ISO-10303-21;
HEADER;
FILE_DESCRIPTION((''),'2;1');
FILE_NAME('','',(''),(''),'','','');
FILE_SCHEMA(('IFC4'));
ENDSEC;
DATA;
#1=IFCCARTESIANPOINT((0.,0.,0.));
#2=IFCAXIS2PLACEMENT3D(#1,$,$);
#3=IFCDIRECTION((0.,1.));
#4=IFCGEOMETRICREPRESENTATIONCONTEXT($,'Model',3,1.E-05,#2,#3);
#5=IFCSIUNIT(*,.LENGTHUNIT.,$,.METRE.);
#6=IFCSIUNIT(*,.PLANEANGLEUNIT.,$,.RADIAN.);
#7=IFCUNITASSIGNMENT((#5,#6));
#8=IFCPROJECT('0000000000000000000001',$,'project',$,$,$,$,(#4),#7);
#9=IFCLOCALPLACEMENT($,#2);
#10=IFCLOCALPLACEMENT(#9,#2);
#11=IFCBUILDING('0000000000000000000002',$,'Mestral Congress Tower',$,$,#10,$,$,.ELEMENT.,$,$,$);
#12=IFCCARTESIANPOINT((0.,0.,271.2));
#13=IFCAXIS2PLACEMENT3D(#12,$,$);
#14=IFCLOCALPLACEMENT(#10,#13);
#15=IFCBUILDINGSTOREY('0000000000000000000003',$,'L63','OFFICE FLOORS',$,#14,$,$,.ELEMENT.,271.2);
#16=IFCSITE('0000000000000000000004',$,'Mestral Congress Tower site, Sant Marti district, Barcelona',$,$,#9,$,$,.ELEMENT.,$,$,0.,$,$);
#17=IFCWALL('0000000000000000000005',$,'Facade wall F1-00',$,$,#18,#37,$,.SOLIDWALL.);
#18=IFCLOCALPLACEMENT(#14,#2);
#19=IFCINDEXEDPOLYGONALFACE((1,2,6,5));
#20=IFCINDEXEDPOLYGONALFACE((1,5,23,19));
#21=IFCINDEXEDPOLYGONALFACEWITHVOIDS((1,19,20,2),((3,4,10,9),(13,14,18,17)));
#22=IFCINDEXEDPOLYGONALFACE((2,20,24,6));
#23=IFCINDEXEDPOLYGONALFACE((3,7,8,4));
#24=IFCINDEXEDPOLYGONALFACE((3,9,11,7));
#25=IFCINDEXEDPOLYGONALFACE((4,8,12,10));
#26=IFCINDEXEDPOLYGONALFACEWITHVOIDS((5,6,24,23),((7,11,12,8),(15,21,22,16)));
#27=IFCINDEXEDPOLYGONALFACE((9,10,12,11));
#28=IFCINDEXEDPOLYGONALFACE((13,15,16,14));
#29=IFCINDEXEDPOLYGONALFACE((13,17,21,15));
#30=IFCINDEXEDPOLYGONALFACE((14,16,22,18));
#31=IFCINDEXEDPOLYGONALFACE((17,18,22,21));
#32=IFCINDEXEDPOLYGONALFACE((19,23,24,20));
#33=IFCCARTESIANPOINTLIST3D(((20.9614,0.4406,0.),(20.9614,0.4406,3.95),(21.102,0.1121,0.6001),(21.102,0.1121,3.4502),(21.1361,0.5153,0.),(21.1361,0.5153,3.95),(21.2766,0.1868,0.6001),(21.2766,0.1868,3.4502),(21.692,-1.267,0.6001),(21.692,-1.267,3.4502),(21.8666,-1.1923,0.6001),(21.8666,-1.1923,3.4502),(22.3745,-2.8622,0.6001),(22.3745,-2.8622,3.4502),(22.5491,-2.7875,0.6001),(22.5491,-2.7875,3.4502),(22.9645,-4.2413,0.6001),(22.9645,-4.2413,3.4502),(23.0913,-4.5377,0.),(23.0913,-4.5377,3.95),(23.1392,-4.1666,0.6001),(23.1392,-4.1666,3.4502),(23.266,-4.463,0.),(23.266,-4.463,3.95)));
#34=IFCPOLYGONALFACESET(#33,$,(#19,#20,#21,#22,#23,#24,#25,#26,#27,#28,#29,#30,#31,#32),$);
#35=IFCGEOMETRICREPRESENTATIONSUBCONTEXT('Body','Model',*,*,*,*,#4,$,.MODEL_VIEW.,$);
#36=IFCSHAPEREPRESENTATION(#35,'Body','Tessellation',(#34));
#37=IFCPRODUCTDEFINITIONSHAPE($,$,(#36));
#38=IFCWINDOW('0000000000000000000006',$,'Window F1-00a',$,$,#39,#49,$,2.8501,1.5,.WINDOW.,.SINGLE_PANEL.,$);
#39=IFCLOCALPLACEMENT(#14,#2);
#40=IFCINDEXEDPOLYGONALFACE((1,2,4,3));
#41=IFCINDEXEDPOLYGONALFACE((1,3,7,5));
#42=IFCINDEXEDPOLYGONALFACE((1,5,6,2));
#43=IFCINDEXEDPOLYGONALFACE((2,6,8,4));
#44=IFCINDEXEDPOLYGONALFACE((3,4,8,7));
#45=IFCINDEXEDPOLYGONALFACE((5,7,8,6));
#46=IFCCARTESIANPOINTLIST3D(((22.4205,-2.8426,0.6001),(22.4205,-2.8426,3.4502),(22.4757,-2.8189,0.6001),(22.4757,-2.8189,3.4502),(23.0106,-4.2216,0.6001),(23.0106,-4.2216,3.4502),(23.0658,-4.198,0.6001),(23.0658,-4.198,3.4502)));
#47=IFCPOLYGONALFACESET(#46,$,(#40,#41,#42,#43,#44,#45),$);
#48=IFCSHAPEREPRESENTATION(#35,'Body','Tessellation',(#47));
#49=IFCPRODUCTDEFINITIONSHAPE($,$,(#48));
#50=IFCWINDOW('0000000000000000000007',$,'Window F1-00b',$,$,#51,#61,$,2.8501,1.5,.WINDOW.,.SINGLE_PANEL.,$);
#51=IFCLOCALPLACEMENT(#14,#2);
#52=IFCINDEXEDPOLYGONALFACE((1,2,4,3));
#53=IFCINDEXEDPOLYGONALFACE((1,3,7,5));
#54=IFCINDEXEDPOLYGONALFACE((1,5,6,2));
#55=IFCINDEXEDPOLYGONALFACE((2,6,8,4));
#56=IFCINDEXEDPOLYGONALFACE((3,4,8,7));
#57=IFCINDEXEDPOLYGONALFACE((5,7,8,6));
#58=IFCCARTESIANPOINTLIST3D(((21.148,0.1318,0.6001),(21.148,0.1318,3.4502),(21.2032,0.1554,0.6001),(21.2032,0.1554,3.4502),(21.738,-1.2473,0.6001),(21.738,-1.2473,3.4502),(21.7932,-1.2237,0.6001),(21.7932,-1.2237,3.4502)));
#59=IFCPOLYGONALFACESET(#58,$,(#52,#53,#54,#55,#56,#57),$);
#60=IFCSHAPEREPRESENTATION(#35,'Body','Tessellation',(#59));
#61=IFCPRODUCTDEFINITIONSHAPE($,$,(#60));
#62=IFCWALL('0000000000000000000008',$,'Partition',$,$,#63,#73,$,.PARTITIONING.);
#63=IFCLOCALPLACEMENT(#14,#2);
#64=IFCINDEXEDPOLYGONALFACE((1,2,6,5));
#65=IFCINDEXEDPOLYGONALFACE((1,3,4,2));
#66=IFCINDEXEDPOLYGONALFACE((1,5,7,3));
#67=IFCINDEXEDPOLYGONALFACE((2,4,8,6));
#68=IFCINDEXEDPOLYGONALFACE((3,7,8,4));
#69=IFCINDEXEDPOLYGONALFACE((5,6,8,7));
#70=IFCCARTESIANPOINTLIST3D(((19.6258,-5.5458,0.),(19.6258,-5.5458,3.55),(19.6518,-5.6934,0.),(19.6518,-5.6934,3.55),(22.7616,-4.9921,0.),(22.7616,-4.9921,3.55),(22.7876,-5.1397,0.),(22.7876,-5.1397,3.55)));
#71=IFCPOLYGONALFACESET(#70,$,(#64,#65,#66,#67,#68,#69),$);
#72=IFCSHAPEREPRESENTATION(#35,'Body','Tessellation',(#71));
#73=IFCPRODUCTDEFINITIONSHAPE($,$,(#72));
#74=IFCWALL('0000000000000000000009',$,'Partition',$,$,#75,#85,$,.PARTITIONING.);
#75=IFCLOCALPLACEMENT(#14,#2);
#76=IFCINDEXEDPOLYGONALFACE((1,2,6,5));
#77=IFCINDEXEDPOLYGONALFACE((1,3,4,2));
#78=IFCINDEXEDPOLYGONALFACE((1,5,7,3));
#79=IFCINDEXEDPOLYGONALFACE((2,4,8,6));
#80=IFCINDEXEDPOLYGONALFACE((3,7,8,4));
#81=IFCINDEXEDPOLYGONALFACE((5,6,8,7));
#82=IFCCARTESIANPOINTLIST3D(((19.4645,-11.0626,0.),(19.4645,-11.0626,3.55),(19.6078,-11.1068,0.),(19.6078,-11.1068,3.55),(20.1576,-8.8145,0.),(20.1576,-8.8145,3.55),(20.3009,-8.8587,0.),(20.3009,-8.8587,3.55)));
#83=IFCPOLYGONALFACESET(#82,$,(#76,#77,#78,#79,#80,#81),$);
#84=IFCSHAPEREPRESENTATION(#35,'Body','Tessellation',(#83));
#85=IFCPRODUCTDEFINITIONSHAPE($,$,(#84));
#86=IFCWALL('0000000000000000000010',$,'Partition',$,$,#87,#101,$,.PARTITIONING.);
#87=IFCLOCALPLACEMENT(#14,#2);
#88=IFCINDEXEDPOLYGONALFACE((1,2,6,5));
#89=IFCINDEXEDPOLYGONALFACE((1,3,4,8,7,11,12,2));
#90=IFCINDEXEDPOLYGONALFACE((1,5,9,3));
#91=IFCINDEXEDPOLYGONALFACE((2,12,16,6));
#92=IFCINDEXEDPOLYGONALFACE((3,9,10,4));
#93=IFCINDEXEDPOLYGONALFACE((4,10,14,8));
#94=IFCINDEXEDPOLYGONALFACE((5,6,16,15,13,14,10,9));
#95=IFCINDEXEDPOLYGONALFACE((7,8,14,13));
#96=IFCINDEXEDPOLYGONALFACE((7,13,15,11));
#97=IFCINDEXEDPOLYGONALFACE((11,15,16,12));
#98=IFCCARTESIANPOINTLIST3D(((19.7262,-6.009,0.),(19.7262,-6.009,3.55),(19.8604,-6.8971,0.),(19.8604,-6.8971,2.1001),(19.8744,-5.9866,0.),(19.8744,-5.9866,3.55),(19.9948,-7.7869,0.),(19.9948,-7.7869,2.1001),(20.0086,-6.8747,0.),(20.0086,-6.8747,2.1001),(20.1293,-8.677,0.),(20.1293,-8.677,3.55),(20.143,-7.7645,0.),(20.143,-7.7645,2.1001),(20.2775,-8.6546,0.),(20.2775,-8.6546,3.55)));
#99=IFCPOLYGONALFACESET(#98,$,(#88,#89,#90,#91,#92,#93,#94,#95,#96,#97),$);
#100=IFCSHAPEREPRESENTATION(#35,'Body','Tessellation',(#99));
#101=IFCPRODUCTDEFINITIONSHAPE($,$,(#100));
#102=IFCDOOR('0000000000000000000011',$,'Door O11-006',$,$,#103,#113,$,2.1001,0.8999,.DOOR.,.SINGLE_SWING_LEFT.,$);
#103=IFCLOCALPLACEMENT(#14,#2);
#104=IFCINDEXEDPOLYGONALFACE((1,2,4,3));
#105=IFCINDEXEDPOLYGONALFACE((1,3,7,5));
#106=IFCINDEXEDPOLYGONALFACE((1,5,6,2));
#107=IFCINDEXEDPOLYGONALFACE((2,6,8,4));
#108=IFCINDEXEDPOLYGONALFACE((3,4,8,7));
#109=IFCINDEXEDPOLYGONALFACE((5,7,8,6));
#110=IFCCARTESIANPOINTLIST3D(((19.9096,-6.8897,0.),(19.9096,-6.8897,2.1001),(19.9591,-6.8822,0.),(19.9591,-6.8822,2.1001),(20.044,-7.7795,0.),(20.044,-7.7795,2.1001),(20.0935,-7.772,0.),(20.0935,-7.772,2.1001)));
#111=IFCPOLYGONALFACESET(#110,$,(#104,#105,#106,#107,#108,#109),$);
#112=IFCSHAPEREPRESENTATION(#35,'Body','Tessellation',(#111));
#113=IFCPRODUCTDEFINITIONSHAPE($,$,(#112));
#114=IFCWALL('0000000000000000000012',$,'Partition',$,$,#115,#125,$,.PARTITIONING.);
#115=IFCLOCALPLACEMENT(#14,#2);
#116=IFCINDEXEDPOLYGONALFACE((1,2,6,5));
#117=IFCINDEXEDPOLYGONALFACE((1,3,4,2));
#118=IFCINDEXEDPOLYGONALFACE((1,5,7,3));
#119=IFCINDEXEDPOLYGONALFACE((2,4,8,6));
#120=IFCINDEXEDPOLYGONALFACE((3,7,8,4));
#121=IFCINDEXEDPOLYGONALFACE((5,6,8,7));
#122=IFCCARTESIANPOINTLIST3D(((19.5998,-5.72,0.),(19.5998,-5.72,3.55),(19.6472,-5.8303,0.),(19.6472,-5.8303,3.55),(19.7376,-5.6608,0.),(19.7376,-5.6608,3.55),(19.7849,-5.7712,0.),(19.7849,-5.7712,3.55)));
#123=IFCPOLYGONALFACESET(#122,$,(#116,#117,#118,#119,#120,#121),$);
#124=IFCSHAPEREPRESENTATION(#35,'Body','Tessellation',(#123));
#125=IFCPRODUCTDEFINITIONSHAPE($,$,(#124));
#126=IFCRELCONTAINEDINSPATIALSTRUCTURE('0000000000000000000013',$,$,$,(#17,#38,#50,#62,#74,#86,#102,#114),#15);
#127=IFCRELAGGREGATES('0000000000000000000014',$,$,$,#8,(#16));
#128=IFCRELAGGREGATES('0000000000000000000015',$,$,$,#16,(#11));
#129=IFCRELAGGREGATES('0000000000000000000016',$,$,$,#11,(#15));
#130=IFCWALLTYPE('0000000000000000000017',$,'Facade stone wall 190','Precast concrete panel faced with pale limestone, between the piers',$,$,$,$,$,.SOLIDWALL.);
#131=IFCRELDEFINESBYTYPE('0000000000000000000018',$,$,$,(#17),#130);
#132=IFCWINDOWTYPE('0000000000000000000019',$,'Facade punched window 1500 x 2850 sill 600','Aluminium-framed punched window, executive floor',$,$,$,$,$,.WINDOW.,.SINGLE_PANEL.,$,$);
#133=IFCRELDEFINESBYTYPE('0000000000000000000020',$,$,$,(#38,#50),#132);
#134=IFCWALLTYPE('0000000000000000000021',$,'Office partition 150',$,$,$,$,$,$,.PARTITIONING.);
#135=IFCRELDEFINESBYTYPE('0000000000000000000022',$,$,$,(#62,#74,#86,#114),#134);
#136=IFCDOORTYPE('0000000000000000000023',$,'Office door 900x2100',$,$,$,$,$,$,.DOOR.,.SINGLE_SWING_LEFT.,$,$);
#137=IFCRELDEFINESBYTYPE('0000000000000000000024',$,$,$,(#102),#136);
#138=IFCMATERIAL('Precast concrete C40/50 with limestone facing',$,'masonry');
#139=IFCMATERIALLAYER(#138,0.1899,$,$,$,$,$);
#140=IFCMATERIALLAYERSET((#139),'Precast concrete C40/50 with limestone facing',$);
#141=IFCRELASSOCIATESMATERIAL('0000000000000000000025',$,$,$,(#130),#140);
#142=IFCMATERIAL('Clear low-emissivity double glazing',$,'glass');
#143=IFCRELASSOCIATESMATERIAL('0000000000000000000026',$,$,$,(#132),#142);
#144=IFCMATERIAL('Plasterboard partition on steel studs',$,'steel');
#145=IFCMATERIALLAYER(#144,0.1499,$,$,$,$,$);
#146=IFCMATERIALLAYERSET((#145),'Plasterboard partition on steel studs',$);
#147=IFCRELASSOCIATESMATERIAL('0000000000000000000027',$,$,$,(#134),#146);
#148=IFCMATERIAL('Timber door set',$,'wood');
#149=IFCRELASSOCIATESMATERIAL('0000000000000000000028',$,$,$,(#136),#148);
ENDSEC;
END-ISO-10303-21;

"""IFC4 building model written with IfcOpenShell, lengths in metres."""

from ifc_helpers import new_model, si_unit, direction, frame, frame_2d, origin, place, context, subcontext, project, spatial, rectangle, extrude, material, layer, layer_set, type_object, element, fill, save


model = new_model("IFC4")

# Units and contexts
model_context = context("Model", 3, precision=1e-05, world=origin(), true_north=direction((0.0, 1.0)))
body_context = subcontext(model_context, "Body", "Model", "MODEL_VIEW")
ifc_project = project(units=[si_unit("LENGTHUNIT", "METRE"), si_unit("PLANEANGLEUNIT", "RADIAN")], contexts=[model_context])

# Site, building, storey
site_placement = place(None, origin())
site = spatial("IfcSite", under=ifc_project, at=site_placement, Name="Mestral Congress Tower site, Sant Marti district, Barcelona", CompositionType="ELEMENT", RefElevation=0.0)
building_placement = place(site_placement, origin())
building = spatial("IfcBuilding", under=site, at=building_placement, Name="Mestral Congress Tower", CompositionType="ELEMENT")
storey_placement = place(building_placement, frame((0.0, 0.0, 271.2)))
storey = spatial("IfcBuildingStorey", under=building, at=storey_placement, Name="L63", Description="OFFICE FLOORS", CompositionType="ELEMENT", Elevation=271.2)

# Shared definitions
ifc_material_1 = material(Name="Precast concrete C40/50 with limestone facing", Category="masonry")
ifc_layer_1 = layer(ifc_material_1, 0.1899)
ifc_layer_set_1 = layer_set([ifc_layer_1], Name="Precast concrete C40/50 with limestone facing")
wall_type_1 = type_object("IfcWallType", Name="Facade stone wall 190", Description="Precast concrete panel faced with pale limestone, between the piers", PredefinedType="SOLIDWALL", material=ifc_layer_set_1)
ifc_material_2 = material(Name="Clear low-emissivity double glazing", Category="glass")

# Wall, openings, windows
wall_1_placement = place(storey_placement, frame((23.1787, -4.5005, 0.0), z_axis=(0.0, 0.0, 1.0), x_axis=(-0.393348, 0.91939, 0.0)))
wall_1 = element("IfcWall", 1, at=wall_1_placement, inside=storey, type_object=wall_type_1, Name="Facade wall F1-00", PredefinedType="SOLIDWALL", context=body_context, shape_type="SweptSolid", body=[
    extrude(rectangle(XDim=5.4148, YDim=0.1899, at=frame_2d((2.7075, 0.0))), origin(), (0.0, 0.0, 1.0), 3.95),
])
opening_1_placement = place(wall_1_placement, frame((0.3225, 0.0, 0.6001)))
opening_1 = element("IfcOpeningElement", 2, at=opening_1_placement, cuts=wall_1, PredefinedType="OPENING", context=body_context, shape_type="SweptSolid", body=[
    extrude(rectangle(XDim=1.5, YDim=2.8501, at=frame_2d((0.75, 1.425))), frame((0.0, 0.105, 0.0), z_axis=(0.0, -1.0, 0.0), x_axis=(1.0, 0.0, 0.0)), (0.0, 0.0, 1.0), 0.21),
])
opening_2_placement = place(wall_1_placement, frame((3.5576, 0.0, 0.6001)))
opening_2 = element("IfcOpeningElement", 3, at=opening_2_placement, cuts=wall_1, PredefinedType="OPENING", context=body_context, shape_type="SweptSolid", body=[
    extrude(rectangle(XDim=1.5, YDim=2.8501, at=frame_2d((0.75, 1.425))), frame((0.0, 0.105, 0.0), z_axis=(0.0, -1.0, 0.0), x_axis=(1.0, 0.0, 0.0)), (0.0, 0.0, 1.0), 0.21),
])
window_type_1 = type_object("IfcWindowType", Name="Facade punched window 1500 x 2850 sill 600", Description="Aluminium-framed punched window, executive floor", PartitioningType="SINGLE_PANEL", PredefinedType="WINDOW", material=ifc_material_2)
window_1_placement = place(opening_1_placement, origin())
window_1 = element("IfcWindow", 4, at=window_1_placement, inside=storey, type_object=window_type_1, Name="Window F1-00a", OverallHeight=2.8501, OverallWidth=1.5, PartitioningType="SINGLE_PANEL", PredefinedType="WINDOW", context=body_context, shape_type="SweptSolid", body=[
    extrude(rectangle(XDim=1.5, YDim=2.8501, at=frame_2d((0.75, 1.425))), frame((0.0, 0.0449, 0.0), z_axis=(0.0, -1.0, 0.0), x_axis=(1.0, 0.0, 0.0)), (0.0, 0.0, 1.0), 0.0601),
])
fill(opening_1, window_1)
window_2_placement = place(opening_2_placement, origin())
window_2 = element("IfcWindow", 5, at=window_2_placement, inside=storey, type_object=window_type_1, Name="Window F1-00b", OverallHeight=2.8501, OverallWidth=1.5, PartitioningType="SINGLE_PANEL", PredefinedType="WINDOW", context=body_context, shape_type="SweptSolid", body=[
    extrude(rectangle(XDim=1.5, YDim=2.8501, at=frame_2d((0.75, 1.425))), frame((0.0, 0.0449, 0.0), z_axis=(0.0, -1.0, 0.0), x_axis=(1.0, 0.0, 0.0)), (0.0, 0.0, 1.0), 0.0601),
])
fill(opening_2, window_2)

# Walls
ifc_material_3 = material(Name="Plasterboard partition on steel studs", Category="steel")
ifc_layer_2 = layer(ifc_material_3, 0.1499)
ifc_layer_set_2 = layer_set([ifc_layer_2], Name="Plasterboard partition on steel studs")
wall_type_2 = type_object("IfcWallType", Name="Office partition 150", PredefinedType="PARTITIONING", material=ifc_layer_set_2)
wall_2_placement = place(storey_placement, frame((19.6387, -5.6196, 0.0), z_axis=(0.0, 0.0, 1.0), x_axis=(0.984765, 0.17389, 0.0)))
element("IfcWall", 6, at=wall_2_placement, inside=storey, type_object=wall_type_2, Name="Partition", PredefinedType="PARTITIONING", context=body_context, shape_type="SweptSolid", body=[
    extrude(rectangle(XDim=3.1843, YDim=0.1499, at=frame_2d((1.5923, 0.0))), origin(), (0.0, 0.0, 1.0), 3.55),
])
wall_3_placement = place(storey_placement, frame((19.5361, -11.0847, 0.0), z_axis=(0.0, 0.0, 1.0), x_axis=(0.294633, 0.955611, 0.0)))
element("IfcWall", 7, at=wall_3_placement, inside=storey, type_object=wall_type_2, Name="Partition", PredefinedType="PARTITIONING", context=body_context, shape_type="SweptSolid", body=[
    extrude(rectangle(XDim=2.3525, YDim=0.1499, at=frame_2d((1.1763, 0.0))), origin(), (0.0, 0.0, 1.0), 3.55),
])

# Wall, opening, door
wall_4_placement = place(storey_placement, frame((19.8003, -5.9978, 0.0), z_axis=(0.0, 0.0, 1.0), x_axis=(0.149385, -0.988779, 0.0)))
wall_4 = element("IfcWall", 8, at=wall_4_placement, inside=storey, type_object=wall_type_2, Name="Partition", PredefinedType="PARTITIONING", context=body_context, shape_type="SweptSolid", body=[
    extrude(rectangle(XDim=2.6982, YDim=0.1499, at=frame_2d((1.3491, 0.0))), origin(), (0.0, 0.0, 1.0), 3.55),
])
opening_3_placement = place(wall_4_placement, frame((0.8982, 0.0, 0.0)))
opening_3 = element("IfcOpeningElement", 9, at=opening_3_placement, cuts=wall_4, PredefinedType="OPENING", context=body_context, shape_type="SweptSolid", body=[
    extrude(rectangle(XDim=0.8999, YDim=2.1001, at=frame_2d((0.45, 1.05))), frame((0.0, 0.085, 0.0), z_axis=(0.0, -1.0, 0.0), x_axis=(1.0, 0.0, 0.0)), (0.0, 0.0, 1.0), 0.1699),
])
ifc_material_4 = material(Name="Timber door set", Category="wood")
door_type = type_object("IfcDoorType", Name="Office door 900x2100", OperationType="SINGLE_SWING_LEFT", PredefinedType="DOOR", material=ifc_material_4)
door_placement = place(opening_3_placement, origin())
door = element("IfcDoor", 10, at=door_placement, inside=storey, type_object=door_type, Name="Door O11-006", OperationType="SINGLE_SWING_LEFT", OverallHeight=2.1001, OverallWidth=0.8999, PredefinedType="DOOR", context=body_context, shape_type="SweptSolid", body=[
    extrude(rectangle(XDim=0.8999, YDim=2.1001, at=frame_2d((0.45, 1.05))), frame((0.0, 0.0249, 0.0), z_axis=(0.0, -1.0, 0.0), x_axis=(1.0, 0.0, 0.0)), (0.0, 0.0, 1.0), 0.05),
])
fill(opening_3, door)

# Wall
wall_5_placement = place(storey_placement, frame((19.7161, -5.8008, 0.0), z_axis=(0.0, 0.0, 1.0), x_axis=(-0.39441, 0.918935, 0.0)))
element("IfcWall", 11, at=wall_5_placement, inside=storey, type_object=wall_type_2, Name="Partition", PredefinedType="PARTITIONING", context=body_context, shape_type="SweptSolid", body=[
    extrude(rectangle(XDim=0.1201, YDim=0.1499, at=frame_2d((0.0601, 0.0))), origin(), (0.0, 0.0, 1.0), 3.55),
])

save(model, "model.ifc")
